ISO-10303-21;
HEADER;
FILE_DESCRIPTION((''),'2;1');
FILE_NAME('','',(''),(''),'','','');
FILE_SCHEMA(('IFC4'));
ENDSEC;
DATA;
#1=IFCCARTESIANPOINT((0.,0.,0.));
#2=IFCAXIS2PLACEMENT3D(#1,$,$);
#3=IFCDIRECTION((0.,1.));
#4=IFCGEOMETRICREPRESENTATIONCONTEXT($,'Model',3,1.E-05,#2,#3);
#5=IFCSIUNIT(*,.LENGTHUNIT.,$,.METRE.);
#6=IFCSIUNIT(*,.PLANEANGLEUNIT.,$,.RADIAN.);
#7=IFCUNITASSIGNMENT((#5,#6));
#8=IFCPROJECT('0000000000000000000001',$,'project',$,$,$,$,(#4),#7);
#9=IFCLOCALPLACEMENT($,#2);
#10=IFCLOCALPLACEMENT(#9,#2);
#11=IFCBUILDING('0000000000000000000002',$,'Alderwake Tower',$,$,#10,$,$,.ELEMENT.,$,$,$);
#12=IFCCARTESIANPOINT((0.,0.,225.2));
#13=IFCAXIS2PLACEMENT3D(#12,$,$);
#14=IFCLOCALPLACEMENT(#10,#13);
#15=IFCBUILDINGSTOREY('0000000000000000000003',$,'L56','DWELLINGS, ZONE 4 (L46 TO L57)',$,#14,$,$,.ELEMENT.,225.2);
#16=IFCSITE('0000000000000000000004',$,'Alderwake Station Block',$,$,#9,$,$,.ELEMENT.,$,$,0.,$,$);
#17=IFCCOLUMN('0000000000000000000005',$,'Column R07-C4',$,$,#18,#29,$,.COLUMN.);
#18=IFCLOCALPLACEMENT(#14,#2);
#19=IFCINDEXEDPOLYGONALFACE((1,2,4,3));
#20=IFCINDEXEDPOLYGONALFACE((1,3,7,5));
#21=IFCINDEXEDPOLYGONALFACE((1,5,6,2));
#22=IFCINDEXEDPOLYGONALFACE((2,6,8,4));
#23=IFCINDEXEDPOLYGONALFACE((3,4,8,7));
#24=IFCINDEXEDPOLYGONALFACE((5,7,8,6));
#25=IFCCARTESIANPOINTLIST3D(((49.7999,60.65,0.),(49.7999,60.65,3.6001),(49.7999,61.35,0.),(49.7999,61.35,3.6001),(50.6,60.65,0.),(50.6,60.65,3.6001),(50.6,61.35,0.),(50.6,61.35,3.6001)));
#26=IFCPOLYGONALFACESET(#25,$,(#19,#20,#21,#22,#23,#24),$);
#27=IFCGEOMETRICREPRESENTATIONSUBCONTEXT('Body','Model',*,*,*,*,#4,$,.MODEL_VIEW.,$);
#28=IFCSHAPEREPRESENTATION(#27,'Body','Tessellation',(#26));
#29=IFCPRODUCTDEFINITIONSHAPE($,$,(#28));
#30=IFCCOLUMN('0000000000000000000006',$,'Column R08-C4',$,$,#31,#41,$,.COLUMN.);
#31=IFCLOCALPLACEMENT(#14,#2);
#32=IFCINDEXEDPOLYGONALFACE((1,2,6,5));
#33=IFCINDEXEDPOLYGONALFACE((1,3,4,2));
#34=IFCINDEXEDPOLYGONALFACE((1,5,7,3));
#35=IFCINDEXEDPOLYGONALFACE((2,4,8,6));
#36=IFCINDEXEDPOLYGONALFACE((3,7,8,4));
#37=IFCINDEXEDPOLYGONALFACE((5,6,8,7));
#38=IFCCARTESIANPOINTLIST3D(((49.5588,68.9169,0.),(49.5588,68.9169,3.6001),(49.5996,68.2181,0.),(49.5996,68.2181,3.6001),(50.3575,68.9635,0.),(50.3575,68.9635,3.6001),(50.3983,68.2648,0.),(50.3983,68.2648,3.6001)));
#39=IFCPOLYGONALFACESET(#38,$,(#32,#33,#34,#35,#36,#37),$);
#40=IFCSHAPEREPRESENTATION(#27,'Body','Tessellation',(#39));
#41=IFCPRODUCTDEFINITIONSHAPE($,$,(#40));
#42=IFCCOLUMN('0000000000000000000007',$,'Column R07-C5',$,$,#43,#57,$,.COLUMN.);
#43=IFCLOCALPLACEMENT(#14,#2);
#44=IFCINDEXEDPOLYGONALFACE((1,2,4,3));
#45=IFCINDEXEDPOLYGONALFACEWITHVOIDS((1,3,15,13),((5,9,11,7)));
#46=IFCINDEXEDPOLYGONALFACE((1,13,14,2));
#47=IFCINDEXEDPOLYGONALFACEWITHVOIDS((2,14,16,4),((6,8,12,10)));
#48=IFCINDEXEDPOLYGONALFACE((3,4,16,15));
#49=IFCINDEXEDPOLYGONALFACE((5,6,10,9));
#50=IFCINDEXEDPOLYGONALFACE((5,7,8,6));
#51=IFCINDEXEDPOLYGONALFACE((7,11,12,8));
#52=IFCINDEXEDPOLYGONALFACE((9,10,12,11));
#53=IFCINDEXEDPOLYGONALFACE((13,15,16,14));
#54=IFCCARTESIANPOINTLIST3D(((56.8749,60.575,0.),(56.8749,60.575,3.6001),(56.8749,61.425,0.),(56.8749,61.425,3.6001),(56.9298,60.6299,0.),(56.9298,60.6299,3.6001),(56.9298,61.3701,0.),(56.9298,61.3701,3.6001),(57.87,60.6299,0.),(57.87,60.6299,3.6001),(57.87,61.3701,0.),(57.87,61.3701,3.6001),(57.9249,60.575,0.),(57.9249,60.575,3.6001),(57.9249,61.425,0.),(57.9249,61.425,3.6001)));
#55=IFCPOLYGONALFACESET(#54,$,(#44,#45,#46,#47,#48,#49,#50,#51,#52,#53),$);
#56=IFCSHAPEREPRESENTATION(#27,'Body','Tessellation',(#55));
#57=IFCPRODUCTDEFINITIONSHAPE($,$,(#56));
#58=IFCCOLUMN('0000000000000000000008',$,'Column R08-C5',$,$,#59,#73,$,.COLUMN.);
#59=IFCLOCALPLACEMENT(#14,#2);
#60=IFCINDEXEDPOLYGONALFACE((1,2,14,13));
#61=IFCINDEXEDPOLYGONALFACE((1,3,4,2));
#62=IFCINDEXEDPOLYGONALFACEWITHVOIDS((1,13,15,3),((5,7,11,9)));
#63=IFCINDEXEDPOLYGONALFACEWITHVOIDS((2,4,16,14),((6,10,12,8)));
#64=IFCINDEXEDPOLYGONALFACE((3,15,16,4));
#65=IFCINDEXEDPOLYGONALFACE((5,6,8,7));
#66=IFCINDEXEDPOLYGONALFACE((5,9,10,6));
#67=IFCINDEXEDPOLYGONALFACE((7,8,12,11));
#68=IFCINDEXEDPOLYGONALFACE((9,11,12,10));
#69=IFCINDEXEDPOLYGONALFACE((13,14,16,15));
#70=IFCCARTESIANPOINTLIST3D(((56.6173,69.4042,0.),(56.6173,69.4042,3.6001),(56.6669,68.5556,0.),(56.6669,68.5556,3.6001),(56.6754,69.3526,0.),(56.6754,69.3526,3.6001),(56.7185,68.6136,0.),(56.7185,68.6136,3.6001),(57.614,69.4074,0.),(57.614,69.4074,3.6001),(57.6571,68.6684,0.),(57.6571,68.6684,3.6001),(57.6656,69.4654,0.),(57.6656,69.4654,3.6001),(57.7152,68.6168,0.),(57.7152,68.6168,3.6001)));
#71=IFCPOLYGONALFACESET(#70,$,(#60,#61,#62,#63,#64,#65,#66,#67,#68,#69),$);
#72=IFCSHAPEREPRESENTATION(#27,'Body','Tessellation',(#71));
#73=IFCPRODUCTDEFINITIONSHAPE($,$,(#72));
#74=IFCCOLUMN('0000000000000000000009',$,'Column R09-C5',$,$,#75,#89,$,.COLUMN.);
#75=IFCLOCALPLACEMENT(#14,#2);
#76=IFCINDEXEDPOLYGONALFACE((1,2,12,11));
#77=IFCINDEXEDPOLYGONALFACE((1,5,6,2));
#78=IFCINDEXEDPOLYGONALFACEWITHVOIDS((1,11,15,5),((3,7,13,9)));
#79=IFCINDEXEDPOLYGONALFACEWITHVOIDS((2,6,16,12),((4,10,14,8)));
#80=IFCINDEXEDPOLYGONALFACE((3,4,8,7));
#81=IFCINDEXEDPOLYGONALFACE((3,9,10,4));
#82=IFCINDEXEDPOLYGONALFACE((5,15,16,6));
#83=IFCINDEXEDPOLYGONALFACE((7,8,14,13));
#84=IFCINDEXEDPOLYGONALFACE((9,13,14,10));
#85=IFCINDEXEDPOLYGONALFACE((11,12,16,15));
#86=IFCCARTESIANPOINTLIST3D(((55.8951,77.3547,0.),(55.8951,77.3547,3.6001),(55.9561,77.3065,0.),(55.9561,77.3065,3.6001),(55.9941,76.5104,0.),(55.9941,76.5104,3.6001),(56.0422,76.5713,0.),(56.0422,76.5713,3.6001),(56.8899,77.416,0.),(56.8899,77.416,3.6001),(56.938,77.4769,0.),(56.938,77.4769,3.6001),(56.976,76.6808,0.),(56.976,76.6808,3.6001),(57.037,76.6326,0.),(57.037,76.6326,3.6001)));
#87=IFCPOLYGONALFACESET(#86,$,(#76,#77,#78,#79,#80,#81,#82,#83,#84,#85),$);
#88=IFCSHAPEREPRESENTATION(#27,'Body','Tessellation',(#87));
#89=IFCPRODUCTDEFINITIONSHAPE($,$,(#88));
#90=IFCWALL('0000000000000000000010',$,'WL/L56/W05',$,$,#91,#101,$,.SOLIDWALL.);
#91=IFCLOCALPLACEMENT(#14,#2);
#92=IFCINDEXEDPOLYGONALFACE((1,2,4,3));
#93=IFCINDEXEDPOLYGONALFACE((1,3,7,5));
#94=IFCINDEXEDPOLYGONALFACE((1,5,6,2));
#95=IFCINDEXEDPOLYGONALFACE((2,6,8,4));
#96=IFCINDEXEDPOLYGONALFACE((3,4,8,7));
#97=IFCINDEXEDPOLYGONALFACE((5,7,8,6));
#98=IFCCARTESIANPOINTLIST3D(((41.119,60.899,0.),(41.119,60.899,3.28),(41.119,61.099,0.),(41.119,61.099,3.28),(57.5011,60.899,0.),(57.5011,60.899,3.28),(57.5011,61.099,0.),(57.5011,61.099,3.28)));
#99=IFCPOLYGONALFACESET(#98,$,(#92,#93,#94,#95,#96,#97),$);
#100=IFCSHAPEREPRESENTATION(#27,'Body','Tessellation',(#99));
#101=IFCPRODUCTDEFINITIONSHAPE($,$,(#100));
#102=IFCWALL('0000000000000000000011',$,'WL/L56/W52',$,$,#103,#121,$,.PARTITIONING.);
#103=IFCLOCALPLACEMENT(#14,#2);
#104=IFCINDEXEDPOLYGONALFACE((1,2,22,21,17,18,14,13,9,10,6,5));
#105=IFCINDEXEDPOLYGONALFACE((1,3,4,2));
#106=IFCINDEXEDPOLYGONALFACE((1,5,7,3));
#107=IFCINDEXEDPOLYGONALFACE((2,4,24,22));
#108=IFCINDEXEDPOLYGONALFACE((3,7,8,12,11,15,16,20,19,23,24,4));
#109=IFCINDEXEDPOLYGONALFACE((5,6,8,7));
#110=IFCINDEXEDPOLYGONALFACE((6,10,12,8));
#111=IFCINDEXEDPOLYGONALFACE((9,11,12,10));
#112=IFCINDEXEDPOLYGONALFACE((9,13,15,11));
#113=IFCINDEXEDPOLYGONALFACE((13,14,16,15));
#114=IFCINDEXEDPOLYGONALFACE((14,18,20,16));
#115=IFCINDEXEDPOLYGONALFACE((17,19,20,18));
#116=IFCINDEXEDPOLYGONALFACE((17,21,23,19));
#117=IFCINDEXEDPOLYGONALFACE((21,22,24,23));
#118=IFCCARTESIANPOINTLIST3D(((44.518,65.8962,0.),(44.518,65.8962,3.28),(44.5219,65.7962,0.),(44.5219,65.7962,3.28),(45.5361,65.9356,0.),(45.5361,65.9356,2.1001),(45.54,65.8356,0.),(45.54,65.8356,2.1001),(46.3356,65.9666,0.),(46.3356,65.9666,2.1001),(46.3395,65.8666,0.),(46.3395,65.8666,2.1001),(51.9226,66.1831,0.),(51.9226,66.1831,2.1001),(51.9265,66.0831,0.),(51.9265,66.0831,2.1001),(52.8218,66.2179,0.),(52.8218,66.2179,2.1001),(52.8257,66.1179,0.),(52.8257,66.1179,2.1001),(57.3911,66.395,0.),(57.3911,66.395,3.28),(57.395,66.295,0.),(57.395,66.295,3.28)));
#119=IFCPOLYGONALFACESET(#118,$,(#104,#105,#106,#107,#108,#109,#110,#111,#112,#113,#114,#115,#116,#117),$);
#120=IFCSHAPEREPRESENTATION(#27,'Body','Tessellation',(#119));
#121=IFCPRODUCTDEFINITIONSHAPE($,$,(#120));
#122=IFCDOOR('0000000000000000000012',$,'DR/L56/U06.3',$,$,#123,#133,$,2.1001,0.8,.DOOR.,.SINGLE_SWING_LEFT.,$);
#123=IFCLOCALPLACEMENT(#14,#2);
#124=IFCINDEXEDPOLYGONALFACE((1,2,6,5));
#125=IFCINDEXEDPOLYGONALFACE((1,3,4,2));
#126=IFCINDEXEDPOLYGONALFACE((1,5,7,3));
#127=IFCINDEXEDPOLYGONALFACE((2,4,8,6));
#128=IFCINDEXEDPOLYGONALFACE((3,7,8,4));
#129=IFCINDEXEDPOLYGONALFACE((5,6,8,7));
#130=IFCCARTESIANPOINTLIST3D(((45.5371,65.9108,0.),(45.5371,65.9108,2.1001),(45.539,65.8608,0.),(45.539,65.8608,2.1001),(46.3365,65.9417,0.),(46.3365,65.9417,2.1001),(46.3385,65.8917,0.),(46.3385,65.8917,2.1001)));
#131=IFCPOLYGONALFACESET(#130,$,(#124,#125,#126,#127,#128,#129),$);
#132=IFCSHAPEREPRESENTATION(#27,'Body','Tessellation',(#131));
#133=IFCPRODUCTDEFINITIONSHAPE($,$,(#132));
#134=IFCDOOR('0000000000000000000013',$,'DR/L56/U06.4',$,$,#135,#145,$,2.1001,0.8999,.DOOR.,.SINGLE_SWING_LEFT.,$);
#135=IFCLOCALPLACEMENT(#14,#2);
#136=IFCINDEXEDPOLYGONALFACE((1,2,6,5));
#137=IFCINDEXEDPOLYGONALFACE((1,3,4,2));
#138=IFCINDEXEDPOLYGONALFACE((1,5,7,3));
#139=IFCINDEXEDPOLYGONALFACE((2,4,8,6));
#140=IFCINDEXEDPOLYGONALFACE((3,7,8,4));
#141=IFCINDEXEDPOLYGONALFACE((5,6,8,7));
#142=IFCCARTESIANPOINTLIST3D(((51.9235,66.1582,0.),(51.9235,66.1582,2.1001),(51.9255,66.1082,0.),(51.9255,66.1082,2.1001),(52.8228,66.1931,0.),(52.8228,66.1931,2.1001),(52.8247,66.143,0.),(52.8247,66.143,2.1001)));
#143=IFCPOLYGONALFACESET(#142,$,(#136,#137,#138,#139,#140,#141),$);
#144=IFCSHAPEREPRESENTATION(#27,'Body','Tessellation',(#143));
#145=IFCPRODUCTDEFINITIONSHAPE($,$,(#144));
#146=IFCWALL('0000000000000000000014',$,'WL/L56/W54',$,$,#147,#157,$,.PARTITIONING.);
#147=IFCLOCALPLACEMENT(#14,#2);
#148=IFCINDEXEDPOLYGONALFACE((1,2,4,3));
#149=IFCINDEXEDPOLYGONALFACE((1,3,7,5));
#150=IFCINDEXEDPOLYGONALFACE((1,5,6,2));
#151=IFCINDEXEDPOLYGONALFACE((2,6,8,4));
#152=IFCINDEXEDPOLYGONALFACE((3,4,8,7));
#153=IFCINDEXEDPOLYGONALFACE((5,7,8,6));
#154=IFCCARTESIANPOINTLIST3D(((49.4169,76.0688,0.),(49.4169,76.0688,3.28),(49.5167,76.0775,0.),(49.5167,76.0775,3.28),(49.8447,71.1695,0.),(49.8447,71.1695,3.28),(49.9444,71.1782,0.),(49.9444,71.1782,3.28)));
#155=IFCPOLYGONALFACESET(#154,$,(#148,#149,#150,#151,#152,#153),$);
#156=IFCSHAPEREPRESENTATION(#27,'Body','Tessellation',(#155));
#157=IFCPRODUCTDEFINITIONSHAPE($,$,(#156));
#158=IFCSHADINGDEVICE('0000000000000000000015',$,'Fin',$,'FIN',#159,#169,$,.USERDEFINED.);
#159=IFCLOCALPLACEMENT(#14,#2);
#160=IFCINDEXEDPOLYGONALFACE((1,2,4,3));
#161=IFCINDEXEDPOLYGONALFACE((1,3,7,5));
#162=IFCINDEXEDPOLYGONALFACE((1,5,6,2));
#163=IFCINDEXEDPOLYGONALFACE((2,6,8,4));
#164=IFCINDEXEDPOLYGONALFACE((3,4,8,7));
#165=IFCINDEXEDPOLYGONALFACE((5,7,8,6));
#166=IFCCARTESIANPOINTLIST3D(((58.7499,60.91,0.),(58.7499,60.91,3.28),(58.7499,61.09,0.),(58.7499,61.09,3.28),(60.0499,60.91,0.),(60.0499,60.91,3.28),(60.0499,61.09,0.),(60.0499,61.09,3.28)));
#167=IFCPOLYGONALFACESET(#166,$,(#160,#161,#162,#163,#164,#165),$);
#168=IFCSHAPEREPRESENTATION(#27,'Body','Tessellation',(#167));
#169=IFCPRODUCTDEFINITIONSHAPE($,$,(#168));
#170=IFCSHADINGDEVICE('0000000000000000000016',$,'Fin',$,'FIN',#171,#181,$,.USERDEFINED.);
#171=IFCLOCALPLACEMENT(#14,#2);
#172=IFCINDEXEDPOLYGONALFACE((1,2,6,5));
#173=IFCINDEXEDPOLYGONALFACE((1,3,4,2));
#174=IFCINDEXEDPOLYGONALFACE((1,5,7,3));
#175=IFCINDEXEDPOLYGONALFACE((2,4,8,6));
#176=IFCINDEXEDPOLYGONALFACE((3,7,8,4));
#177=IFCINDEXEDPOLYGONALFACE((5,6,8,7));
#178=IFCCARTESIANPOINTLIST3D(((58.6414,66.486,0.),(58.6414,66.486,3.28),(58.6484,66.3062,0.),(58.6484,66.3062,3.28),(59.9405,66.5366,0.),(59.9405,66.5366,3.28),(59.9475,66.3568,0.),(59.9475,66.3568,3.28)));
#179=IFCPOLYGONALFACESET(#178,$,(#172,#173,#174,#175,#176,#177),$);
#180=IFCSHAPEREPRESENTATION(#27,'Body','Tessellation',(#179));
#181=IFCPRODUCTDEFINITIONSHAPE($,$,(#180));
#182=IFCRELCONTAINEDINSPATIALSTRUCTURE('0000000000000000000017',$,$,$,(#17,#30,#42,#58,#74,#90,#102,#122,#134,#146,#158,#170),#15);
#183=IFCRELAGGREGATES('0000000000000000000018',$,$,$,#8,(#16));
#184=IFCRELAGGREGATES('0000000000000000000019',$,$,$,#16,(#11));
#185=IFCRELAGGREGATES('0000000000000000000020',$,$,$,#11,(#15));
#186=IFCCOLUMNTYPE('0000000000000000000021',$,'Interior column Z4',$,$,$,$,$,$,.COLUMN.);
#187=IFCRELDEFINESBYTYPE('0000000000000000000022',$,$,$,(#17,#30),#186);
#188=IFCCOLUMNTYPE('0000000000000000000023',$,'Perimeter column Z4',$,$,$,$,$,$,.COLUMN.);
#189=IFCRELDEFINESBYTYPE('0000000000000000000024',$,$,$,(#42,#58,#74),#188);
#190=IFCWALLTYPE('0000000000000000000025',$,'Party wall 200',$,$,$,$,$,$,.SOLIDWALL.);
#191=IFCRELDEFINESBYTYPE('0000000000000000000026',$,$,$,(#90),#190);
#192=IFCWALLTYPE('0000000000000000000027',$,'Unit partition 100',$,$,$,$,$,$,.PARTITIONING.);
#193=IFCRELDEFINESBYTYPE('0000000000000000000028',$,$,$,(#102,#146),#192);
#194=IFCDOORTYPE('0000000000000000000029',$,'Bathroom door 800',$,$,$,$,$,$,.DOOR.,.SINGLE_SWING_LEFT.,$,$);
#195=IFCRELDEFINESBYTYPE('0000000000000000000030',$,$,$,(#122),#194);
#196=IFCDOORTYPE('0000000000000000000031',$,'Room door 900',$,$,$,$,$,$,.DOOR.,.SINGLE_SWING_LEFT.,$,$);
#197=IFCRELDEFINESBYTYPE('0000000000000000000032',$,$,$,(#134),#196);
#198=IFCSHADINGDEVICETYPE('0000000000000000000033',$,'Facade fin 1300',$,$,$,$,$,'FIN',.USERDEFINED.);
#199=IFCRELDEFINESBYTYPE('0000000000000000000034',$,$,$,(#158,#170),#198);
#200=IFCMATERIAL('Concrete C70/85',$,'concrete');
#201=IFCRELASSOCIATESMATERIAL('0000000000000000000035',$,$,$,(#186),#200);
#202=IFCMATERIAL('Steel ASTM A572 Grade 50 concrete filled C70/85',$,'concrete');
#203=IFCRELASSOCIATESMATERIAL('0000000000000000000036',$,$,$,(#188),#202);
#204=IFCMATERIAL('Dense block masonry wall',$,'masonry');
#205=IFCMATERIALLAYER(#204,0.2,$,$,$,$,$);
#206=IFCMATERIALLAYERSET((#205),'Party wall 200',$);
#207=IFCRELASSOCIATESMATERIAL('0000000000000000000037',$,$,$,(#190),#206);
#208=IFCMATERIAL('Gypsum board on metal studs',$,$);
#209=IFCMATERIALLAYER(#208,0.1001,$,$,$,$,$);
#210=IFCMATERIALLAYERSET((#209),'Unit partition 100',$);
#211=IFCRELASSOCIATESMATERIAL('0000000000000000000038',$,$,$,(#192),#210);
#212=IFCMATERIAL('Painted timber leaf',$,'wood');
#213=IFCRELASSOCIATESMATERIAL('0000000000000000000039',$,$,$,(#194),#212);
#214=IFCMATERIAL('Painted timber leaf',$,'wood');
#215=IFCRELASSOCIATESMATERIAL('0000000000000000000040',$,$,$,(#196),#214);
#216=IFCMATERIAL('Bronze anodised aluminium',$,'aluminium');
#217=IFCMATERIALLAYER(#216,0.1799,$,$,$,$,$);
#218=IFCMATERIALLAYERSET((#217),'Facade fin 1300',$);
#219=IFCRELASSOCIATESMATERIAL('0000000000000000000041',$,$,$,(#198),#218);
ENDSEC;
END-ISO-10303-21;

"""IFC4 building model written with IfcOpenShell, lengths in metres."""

from ifc_helpers import new_model, si_unit, direction, frame, frame_2d, origin, origin_2d, place, context, subcontext, project, spatial, rectangle, hollow_rectangle, extrude, material, layer, layer_set, material_profile, profile_set, type_object, element, fill, save


model = new_model("IFC4")

# Units and contexts
model_context = context("Model", 3, precision=1e-05, world=origin(), true_north=direction((0.0, 1.0)))
body_context = subcontext(model_context, "Body", "Model", "MODEL_VIEW")
ifc_project = project(units=[si_unit("LENGTHUNIT", "METRE"), si_unit("PLANEANGLEUNIT", "RADIAN")], contexts=[model_context])

# Site, building, storey
site_placement = place(None, origin())
site = spatial("IfcSite", under=ifc_project, at=site_placement, Name="Alderwake Station Block", CompositionType="ELEMENT", RefElevation=0.0)
building_placement = place(site_placement, origin())
building = spatial("IfcBuilding", under=site, at=building_placement, Name="Alderwake Tower", CompositionType="ELEMENT")
storey_placement = place(building_placement, frame((0.0, 0.0, 225.2)))
storey = spatial("IfcBuildingStorey", under=building, at=storey_placement, Name="L56", Description="DWELLINGS, ZONE 4 (L46 TO L57)", CompositionType="ELEMENT", Elevation=225.2)

# Columns
ifc_material_1 = material(Name="Concrete C70/85", Category="concrete")
ifc_material_profile_1 = material_profile(ifc_material_1, rectangle(XDim=0.7, YDim=0.8, at=origin_2d()), Name="RC 800X700")
ifc_profile_set_1 = profile_set([ifc_material_profile_1], Name="Concrete C70/85")
column_type_1 = type_object("IfcColumnType", Name="Interior column Z4", PredefinedType="COLUMN", material=ifc_profile_set_1)
for number, where, z_axis, x_axis, name in (
    (1, (50.2, 61.0, 0.0), (0.0, 0.0, 1.0), (0.0, 1.0, 0.0), "Column R07-C4"),
    (2, (49.9785, 68.5908, 0.0), (0.0, 0.0, 1.0), (-0.058301, 0.998299, 0.0), "Column R08-C4"),
):
    element("IfcColumn", number, at=place(storey_placement, frame(where, z_axis=z_axis, x_axis=x_axis)), inside=storey, type_object=column_type_1, Name=name, PredefinedType="COLUMN", context=body_context, shape_type="SweptSolid", body=[
        extrude(rectangle(XDim=0.7, YDim=0.8, at=origin_2d()), origin(), (0.0, 0.0, 1.0), 3.6001),
    ])
ifc_material_2 = material(Name="Steel ASTM A572 Grade 50 concrete filled C70/85", Category="concrete")
ifc_material_profile_2 = material_profile(ifc_material_2, hollow_rectangle(XDim=0.8501, YDim=1.05, WallThickness=0.0549, at=origin_2d()), Name="BOX 1050X850X55")
ifc_profile_set_2 = profile_set([ifc_material_profile_2], Name="Steel ASTM A572 Grade 50 concrete filled C70/85")
column_type_2 = type_object("IfcColumnType", Name="Perimeter column Z4", PredefinedType="COLUMN", material=ifc_profile_set_2)
for number, where, z_axis, x_axis, name in (
    (3, (57.3999, 61.0, 0.0), (0.0, 0.0, 1.0), (0.0, 1.0, 0.0), "Column R07-C5"),
    (4, (57.1663, 69.0105, 0.0), (0.0, 0.0, 1.0), (-0.058301, 0.998299, 0.0), "Column R08-C5"),
    (5, (56.4661, 76.9937, 0.0), (0.0, 0.0, 1.0), (-0.116402, 0.993202, 0.0), "Column R09-C5"),
):
    element("IfcColumn", number, at=place(storey_placement, frame(where, z_axis=z_axis, x_axis=x_axis)), inside=storey, type_object=column_type_2, Name=name, PredefinedType="COLUMN", context=body_context, shape_type="SweptSolid", body=[
        extrude(hollow_rectangle(XDim=0.8501, YDim=1.05, WallThickness=0.0549, at=origin_2d()), origin(), (0.0, 0.0, 1.0), 3.6001),
    ])

# Wall
ifc_material_3 = material(Name="Dense block masonry wall", Category="masonry")
ifc_layer_1 = layer(ifc_material_3, 0.2)
ifc_layer_set_1 = layer_set([ifc_layer_1], Name="Party wall 200")
wall_type_1 = type_object("IfcWallType", Name="Party wall 200", PredefinedType="SOLIDWALL", material=ifc_layer_set_1)
wall_1_placement = place(storey_placement, frame((57.501, 60.999, 0.0), z_axis=(0.0, 0.0, 1.0), x_axis=(-1.0, 0.0, 0.0)))
element("IfcWall", 6, at=wall_1_placement, inside=storey, type_object=wall_type_1, Name="WL/L56/W05", PredefinedType="SOLIDWALL", context=body_context, shape_type="SweptSolid", body=[
    extrude(rectangle(XDim=16.3821, YDim=0.2, at=frame_2d((8.1909, 0.0))), origin(), (0.0, 0.0, 1.0), 3.28),
])

# Wall, openings, doors
ifc_material_4 = material(Name="Gypsum board on metal studs")
ifc_layer_2 = layer(ifc_material_4, 0.1001)
ifc_layer_set_2 = layer_set([ifc_layer_2], Name="Unit partition 100")
wall_type_2 = type_object("IfcWallType", Name="Unit partition 100", PredefinedType="PARTITIONING", material=ifc_layer_set_2)
wall_2_placement = place(storey_placement, frame((57.3931, 66.345, 0.0), z_axis=(0.0, 0.0, 1.0), x_axis=(-0.99925, -0.038717, 0.0)))
wall_2 = element("IfcWall", 7, at=wall_2_placement, inside=storey, type_object=wall_type_2, Name="WL/L56/W52", PredefinedType="PARTITIONING", context=body_context, shape_type="SweptSolid", body=[
    extrude(rectangle(XDim=12.8828, YDim=0.1001, at=frame_2d((6.4414, 0.0))), origin(), (0.0, 0.0, 1.0), 3.28),
])
opening_1_placement = place(wall_2_placement, frame((11.064, 0.0, 0.0)))
opening_1 = element("IfcOpeningElement", 8, at=opening_1_placement, cuts=wall_2, PredefinedType="OPENING", context=body_context, shape_type="SweptSolid", body=[
    extrude(rectangle(XDim=0.8, YDim=2.1001, at=frame_2d((0.3999, 1.05))), frame((0.0, 0.0601, 0.0), z_axis=(0.0, -1.0, 0.0), x_axis=(1.0, 0.0, 0.0)), (0.0, 0.0, 1.0), 0.1201),
])
opening_2_placement = place(wall_2_placement, frame((4.5728, 0.0, 0.0)))
opening_2 = element("IfcOpeningElement", 9, at=opening_2_placement, cuts=wall_2, PredefinedType="OPENING", context=body_context, shape_type="SweptSolid", body=[
    extrude(rectangle(XDim=0.8999, YDim=2.1001, at=frame_2d((0.45, 1.05))), frame((0.0, 0.0601, 0.0), z_axis=(0.0, -1.0, 0.0), x_axis=(1.0, 0.0, 0.0)), (0.0, 0.0, 1.0), 0.1201),
])
ifc_material_5 = material(Name="Painted timber leaf", Category="wood")
door_type_1 = type_object("IfcDoorType", Name="Bathroom door 800", OperationType="SINGLE_SWING_LEFT", PredefinedType="DOOR", material=ifc_material_5)
door_1_placement = place(opening_1_placement, origin())
door_1 = element("IfcDoor", 10, at=door_1_placement, inside=storey, type_object=door_type_1, Name="DR/L56/U06.3", OperationType="SINGLE_SWING_LEFT", OverallHeight=2.1001, OverallWidth=0.8, PredefinedType="DOOR", context=body_context, shape_type="SweptSolid", body=[
    extrude(rectangle(XDim=0.8, YDim=2.1001, at=frame_2d((0.3999, 1.05))), frame((0.0, 0.0249, 0.0), z_axis=(0.0, -1.0, 0.0), x_axis=(1.0, 0.0, 0.0)), (0.0, 0.0, 1.0), 0.05),
])
fill(opening_1, door_1)
ifc_material_6 = material(Name="Painted timber leaf", Category="wood")
door_type_2 = type_object("IfcDoorType", Name="Room door 900", OperationType="SINGLE_SWING_LEFT", PredefinedType="DOOR", material=ifc_material_6)
door_2_placement = place(opening_2_placement, origin())
door_2 = element("IfcDoor", 11, at=door_2_placement, inside=storey, type_object=door_type_2, Name="DR/L56/U06.4", OperationType="SINGLE_SWING_LEFT", OverallHeight=2.1001, OverallWidth=0.8999, PredefinedType="DOOR", context=body_context, shape_type="SweptSolid", body=[
    extrude(rectangle(XDim=0.8999, YDim=2.1001, at=frame_2d((0.45, 1.05))), frame((0.0, 0.0249, 0.0), z_axis=(0.0, -1.0, 0.0), x_axis=(1.0, 0.0, 0.0)), (0.0, 0.0, 1.0), 0.05),
])
fill(opening_2, door_2)

# Wall
wall_3_placement = place(storey_placement, frame((49.8945, 71.1738, 0.0), z_axis=(0.0, 0.0, 1.0), x_axis=(-0.086972, 0.996211, 0.0)))
element("IfcWall", 12, at=wall_3_placement, inside=storey, type_object=wall_type_2, Name="WL/L56/W54", PredefinedType="PARTITIONING", context=body_context, shape_type="SweptSolid", body=[
    extrude(rectangle(XDim=4.918, YDim=0.1001, at=frame_2d((2.459, 0.0))), origin(), (0.0, 0.0, 1.0), 3.28),
])

# Shading devices
ifc_material_7 = material(Name="Bronze anodised aluminium", Category="aluminium")
ifc_layer_3 = layer(ifc_material_7, 0.1799)
ifc_layer_set_3 = layer_set([ifc_layer_3], Name="Facade fin 1300")
shading_device_type_1 = type_object("IfcShadingDeviceType", Name="Facade fin 1300", ElementType="FIN", PredefinedType="USERDEFINED", material=ifc_layer_set_3)
for number, where, z_axis, x_axis, name in (
    (13, (59.3999, 61.0, 0.0), (0.0, 0.0, 1.0), (1.0, 0.0, 0.0), "Fin"),
    (14, (59.2944, 66.4214, 0.0), (0.0, 0.0, 1.0), (0.999243, 0.03889, 0.0), "Fin"),
):
    element("IfcShadingDevice", number, at=place(storey_placement, frame(where, z_axis=z_axis, x_axis=x_axis)), inside=storey, type_object=shading_device_type_1, Name=name, ObjectType="FIN", PredefinedType="USERDEFINED", context=body_context, shape_type="SweptSolid", body=[
        extrude(rectangle(XDim=1.3, YDim=0.1799, at=origin_2d()), origin(), (0.0, 0.0, 1.0), 3.28),
    ])

save(model, "model.ifc")
